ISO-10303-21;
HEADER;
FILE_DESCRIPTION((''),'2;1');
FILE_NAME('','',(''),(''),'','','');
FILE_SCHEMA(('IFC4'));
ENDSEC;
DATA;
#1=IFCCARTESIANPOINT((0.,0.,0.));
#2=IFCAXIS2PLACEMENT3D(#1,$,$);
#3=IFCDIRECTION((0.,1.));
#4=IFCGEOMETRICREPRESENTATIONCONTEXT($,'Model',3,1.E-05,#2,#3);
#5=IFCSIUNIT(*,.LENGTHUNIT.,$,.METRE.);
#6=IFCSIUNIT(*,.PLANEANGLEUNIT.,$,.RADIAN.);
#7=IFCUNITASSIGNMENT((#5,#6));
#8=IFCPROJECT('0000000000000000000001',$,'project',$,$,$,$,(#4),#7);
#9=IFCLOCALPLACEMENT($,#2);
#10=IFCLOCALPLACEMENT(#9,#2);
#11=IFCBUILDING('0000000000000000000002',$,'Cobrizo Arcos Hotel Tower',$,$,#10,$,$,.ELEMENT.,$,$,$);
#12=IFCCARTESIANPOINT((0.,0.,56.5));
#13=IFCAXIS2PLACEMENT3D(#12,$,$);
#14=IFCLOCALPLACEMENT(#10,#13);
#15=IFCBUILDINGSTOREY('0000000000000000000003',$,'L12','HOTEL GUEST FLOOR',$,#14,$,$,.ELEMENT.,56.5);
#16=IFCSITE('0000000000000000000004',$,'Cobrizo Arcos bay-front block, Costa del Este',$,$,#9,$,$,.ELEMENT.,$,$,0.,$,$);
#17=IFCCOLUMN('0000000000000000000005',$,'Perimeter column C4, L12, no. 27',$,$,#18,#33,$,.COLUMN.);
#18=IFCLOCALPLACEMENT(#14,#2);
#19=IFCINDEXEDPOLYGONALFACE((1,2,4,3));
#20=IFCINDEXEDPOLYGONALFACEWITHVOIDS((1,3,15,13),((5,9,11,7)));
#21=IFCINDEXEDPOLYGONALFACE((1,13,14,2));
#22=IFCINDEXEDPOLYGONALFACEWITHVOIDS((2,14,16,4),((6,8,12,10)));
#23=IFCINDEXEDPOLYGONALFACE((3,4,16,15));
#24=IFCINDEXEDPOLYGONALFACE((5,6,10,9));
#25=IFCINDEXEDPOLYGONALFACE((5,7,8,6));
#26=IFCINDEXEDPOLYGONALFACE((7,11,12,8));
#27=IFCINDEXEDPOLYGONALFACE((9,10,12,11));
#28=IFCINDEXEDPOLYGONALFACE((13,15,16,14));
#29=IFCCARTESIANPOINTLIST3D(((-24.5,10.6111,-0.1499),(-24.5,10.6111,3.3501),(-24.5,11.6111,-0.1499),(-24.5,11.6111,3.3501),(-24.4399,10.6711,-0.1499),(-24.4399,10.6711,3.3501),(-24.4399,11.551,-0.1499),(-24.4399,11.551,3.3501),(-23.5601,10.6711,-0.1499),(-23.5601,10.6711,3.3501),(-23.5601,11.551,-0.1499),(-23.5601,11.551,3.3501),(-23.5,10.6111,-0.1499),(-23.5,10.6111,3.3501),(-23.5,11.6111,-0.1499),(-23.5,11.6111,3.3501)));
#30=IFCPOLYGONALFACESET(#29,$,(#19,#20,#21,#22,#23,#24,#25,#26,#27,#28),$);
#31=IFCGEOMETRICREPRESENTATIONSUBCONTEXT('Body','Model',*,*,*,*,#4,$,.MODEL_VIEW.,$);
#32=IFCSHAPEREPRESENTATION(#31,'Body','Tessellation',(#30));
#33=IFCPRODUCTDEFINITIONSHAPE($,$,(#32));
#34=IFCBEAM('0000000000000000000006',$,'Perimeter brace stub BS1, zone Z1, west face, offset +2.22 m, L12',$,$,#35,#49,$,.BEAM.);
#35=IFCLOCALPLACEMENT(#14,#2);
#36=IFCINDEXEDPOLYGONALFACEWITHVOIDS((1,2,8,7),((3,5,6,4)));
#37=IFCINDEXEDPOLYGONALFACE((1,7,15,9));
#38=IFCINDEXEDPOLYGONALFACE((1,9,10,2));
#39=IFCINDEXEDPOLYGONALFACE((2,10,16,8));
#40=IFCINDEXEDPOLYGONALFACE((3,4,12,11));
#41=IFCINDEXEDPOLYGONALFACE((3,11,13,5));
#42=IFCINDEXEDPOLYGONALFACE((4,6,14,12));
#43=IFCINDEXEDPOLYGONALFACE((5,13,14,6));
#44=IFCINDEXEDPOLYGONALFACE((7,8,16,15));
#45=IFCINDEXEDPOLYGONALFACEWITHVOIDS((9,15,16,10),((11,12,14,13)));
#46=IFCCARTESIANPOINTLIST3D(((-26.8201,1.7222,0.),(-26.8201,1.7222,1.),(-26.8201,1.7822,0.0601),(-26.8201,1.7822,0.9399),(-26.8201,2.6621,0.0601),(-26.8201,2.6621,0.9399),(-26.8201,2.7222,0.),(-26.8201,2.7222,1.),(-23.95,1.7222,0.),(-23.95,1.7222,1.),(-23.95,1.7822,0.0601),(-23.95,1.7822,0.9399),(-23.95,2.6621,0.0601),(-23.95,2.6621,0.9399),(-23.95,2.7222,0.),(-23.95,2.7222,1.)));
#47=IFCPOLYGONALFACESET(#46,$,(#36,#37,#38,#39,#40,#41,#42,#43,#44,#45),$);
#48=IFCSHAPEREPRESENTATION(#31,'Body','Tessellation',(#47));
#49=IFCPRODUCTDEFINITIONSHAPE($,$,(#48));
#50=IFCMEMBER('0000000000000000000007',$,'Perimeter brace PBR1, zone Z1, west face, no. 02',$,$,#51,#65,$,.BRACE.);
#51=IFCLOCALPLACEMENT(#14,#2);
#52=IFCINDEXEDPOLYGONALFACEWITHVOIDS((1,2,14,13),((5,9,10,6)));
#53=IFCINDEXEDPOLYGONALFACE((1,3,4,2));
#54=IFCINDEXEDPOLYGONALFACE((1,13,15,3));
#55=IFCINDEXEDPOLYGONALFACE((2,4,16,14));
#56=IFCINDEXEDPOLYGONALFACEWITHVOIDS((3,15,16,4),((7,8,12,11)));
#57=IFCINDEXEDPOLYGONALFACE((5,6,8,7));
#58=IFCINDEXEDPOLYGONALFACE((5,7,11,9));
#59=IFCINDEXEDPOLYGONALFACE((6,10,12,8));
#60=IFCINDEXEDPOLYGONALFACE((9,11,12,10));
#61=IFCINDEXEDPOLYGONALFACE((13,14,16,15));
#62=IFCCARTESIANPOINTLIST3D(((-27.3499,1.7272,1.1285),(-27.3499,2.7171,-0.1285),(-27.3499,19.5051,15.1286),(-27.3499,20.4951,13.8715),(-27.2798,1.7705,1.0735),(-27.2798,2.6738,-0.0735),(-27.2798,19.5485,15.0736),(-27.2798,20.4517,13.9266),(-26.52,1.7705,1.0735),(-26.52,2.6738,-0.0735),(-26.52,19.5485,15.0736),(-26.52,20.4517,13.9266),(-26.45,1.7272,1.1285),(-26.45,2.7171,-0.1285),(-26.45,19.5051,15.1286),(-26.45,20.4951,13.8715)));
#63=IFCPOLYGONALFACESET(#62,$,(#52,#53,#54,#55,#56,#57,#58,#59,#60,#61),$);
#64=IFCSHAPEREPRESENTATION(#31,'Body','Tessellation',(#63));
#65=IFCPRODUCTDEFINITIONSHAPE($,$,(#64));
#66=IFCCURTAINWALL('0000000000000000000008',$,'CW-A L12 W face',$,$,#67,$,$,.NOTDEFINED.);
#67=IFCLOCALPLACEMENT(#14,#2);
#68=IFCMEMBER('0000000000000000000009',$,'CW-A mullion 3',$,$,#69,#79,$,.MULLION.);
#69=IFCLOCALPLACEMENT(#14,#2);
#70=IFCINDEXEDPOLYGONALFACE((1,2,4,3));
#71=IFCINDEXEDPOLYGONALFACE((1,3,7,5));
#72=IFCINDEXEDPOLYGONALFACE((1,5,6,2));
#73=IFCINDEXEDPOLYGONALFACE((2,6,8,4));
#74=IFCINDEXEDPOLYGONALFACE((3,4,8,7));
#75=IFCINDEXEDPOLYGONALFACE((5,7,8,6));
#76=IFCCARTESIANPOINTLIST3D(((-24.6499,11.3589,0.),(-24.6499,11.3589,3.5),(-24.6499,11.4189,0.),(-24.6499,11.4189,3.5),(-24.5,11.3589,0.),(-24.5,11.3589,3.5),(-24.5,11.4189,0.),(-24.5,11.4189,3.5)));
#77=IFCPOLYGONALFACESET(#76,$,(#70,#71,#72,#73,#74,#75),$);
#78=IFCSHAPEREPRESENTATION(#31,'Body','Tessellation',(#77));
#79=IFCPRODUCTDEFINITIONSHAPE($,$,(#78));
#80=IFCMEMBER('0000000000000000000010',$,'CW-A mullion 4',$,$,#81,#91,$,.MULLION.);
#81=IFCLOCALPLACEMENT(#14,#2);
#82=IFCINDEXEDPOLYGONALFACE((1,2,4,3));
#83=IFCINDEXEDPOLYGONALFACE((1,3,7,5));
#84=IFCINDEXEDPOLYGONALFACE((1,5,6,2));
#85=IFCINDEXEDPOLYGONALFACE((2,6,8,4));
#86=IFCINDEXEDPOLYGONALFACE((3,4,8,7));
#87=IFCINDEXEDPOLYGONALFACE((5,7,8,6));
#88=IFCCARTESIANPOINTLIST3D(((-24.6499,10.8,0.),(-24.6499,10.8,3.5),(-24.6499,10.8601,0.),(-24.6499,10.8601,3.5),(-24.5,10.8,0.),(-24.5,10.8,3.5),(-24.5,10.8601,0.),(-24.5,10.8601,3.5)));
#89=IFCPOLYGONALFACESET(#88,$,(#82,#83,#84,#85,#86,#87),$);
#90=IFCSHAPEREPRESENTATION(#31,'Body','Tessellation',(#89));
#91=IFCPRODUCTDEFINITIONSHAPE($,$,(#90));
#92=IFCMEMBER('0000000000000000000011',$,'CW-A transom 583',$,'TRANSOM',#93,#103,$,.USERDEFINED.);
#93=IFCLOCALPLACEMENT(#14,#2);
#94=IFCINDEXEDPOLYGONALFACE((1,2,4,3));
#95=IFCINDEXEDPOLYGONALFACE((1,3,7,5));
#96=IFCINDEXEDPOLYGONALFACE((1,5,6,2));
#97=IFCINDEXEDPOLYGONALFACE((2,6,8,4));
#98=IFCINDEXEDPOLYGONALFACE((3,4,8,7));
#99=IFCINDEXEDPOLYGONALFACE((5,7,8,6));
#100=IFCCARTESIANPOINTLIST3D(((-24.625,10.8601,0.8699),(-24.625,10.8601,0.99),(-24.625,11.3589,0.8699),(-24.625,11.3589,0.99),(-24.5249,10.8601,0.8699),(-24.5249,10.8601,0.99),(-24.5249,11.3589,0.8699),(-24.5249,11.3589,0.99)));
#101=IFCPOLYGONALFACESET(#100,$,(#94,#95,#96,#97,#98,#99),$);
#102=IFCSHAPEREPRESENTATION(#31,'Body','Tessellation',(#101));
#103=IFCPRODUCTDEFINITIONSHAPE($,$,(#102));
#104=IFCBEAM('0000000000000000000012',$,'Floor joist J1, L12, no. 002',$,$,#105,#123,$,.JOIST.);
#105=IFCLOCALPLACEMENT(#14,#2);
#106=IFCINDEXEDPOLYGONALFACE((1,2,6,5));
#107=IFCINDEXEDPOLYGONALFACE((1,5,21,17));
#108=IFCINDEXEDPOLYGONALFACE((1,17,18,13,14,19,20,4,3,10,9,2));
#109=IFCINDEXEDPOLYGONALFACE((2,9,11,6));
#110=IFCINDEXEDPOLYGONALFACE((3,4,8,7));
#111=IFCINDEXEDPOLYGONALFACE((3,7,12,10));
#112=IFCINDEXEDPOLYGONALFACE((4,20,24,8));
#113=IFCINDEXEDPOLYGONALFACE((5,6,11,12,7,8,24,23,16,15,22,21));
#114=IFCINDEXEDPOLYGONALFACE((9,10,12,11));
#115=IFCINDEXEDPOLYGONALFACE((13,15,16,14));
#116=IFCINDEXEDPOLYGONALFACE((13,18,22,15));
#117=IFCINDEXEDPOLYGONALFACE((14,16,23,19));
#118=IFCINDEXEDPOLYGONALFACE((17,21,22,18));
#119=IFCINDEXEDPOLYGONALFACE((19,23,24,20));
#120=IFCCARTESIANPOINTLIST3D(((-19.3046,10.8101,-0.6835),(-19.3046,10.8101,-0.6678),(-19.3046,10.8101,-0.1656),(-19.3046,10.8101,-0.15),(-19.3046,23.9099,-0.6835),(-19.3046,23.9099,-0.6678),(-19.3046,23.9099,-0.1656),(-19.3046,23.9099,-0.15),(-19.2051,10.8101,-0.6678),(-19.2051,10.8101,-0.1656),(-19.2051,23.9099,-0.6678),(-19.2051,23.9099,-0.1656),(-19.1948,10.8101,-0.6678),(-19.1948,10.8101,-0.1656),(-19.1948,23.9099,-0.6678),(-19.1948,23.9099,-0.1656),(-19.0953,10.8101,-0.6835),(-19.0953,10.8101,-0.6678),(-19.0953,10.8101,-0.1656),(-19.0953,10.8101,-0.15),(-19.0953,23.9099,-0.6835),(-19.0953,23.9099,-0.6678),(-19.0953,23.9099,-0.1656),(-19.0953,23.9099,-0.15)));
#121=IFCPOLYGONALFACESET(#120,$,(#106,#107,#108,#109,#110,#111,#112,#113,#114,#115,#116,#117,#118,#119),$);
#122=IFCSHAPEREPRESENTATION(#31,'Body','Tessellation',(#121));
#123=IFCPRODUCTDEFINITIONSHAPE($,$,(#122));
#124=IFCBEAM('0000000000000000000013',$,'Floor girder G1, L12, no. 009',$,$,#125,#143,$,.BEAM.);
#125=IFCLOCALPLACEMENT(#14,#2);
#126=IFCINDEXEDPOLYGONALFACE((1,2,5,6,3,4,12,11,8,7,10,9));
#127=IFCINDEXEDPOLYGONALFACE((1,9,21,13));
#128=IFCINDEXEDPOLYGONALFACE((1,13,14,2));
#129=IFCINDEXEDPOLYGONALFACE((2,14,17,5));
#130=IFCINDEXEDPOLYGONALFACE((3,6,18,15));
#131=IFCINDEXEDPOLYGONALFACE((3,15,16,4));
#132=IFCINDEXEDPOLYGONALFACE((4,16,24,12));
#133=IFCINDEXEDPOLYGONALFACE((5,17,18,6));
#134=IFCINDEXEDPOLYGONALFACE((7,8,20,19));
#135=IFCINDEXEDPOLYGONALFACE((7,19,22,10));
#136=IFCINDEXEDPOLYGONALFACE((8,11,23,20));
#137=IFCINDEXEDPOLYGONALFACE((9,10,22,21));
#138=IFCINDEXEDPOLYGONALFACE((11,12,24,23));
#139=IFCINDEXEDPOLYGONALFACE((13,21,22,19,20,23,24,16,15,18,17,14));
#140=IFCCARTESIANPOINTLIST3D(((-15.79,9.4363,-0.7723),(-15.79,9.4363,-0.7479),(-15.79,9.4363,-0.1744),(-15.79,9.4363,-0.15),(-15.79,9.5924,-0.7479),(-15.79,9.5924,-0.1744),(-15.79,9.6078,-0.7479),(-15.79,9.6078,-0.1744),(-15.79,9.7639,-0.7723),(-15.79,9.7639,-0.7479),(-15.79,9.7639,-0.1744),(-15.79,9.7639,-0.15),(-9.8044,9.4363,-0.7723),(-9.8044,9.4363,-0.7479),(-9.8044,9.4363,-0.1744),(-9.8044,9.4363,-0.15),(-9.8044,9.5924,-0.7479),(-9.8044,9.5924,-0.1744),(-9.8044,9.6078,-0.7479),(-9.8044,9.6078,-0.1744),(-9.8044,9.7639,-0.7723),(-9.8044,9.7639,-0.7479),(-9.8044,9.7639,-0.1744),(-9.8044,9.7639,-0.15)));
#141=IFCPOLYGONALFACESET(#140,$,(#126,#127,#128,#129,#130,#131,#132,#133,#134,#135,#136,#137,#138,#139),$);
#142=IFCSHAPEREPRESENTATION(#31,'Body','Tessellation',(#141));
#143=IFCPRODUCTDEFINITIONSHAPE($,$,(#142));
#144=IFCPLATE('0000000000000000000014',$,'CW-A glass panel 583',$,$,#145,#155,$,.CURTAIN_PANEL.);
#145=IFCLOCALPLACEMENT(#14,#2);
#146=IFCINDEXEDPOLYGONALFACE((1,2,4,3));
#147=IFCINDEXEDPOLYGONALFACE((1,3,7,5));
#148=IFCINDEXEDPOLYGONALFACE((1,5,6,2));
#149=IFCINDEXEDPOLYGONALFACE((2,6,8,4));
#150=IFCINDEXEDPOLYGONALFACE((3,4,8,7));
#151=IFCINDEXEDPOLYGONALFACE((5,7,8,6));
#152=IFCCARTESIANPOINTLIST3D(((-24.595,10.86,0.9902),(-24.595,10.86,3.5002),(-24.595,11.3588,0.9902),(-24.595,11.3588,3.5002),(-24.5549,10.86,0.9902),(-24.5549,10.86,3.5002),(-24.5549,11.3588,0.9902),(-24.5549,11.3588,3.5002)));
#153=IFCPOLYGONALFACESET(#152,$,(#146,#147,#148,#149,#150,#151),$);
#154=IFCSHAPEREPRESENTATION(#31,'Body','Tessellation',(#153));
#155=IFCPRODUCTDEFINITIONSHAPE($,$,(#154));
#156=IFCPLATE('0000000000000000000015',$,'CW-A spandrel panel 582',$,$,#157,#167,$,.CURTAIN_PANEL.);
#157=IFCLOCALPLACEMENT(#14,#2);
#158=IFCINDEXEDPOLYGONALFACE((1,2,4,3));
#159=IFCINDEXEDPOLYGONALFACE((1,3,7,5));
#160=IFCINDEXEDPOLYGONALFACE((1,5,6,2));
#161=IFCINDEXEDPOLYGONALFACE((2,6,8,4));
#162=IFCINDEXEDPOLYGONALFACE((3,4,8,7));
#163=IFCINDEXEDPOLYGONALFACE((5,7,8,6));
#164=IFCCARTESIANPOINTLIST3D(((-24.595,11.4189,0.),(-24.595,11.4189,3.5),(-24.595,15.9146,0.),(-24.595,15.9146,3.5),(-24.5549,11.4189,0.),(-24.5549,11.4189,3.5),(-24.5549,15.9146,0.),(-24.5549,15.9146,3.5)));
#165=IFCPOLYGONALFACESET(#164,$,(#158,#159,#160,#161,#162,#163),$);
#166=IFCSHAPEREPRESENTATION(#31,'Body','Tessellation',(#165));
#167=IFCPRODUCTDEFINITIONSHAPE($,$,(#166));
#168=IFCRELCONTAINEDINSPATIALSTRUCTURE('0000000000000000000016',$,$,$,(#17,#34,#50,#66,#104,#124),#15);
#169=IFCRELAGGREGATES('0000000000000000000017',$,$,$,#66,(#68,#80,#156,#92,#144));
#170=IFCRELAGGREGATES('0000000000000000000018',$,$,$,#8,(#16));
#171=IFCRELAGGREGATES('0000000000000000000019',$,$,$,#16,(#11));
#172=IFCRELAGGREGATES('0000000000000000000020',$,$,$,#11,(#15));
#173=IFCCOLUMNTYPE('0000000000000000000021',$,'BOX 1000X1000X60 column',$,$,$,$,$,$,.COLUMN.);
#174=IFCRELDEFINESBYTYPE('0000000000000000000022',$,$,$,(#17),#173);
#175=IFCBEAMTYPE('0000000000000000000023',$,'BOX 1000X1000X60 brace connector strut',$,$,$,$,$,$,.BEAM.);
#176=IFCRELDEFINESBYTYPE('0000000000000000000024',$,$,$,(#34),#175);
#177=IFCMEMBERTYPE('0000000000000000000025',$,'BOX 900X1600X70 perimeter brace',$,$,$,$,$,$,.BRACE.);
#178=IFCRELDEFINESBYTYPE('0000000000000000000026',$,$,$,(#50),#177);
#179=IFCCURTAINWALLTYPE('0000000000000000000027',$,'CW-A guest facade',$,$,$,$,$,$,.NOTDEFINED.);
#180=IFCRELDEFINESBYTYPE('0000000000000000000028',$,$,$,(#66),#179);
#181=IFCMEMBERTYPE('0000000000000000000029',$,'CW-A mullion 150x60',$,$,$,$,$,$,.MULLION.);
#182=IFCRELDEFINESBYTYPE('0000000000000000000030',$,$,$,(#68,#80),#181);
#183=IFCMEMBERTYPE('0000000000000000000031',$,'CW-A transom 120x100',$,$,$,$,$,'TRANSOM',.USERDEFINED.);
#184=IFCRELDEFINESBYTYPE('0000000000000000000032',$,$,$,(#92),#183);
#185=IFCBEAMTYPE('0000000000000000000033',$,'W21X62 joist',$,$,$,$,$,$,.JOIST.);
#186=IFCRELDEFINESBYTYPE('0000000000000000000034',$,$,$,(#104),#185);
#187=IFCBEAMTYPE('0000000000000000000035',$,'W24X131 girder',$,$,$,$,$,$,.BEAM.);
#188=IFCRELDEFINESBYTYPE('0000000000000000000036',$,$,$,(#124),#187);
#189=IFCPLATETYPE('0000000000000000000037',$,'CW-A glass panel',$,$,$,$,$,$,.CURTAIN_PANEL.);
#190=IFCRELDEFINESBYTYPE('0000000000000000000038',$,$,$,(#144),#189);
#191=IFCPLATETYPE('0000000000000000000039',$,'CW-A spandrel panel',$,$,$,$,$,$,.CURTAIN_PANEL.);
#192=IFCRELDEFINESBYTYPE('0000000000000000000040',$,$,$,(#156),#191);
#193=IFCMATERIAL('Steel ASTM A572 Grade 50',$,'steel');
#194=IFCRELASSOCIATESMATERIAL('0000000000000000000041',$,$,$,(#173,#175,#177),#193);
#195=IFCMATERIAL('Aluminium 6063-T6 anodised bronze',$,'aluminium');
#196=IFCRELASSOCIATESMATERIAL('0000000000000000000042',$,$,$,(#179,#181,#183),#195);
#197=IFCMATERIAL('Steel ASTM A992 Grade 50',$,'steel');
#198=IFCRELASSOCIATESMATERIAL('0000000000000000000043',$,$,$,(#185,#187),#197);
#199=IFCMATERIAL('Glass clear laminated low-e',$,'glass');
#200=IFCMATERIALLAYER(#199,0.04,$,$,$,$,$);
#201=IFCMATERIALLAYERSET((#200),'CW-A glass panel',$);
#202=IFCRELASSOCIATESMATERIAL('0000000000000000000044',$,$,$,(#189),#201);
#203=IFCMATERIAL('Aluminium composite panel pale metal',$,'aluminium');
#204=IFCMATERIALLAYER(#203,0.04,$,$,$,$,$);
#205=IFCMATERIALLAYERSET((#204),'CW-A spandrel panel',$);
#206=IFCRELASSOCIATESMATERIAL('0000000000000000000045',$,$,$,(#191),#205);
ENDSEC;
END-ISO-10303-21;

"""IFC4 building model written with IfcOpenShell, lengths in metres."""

from ifc_helpers import new_model, si_unit, direction, frame, origin, origin_2d, place, context, subcontext, project, spatial, rectangle, hollow_rectangle, i_section, extrude, material, layer, layer_set, material_profile, profile_set, type_object, element, aggregate, save


model = new_model("IFC4")

# Units and contexts
model_context = context("Model", 3, precision=1e-05, world=origin(), true_north=direction((0.0, 1.0)))
body_context = subcontext(model_context, "Body", "Model", "MODEL_VIEW")
ifc_project = project(units=[si_unit("LENGTHUNIT", "METRE"), si_unit("PLANEANGLEUNIT", "RADIAN")], contexts=[model_context])

# Site, building, storey
site_placement = place(None, origin())
site = spatial("IfcSite", under=ifc_project, at=site_placement, Name="Cobrizo Arcos bay-front block, Costa del Este", CompositionType="ELEMENT", RefElevation=0.0)
building_placement = place(site_placement, origin())
building = spatial("IfcBuilding", under=site, at=building_placement, Name="Cobrizo Arcos Hotel Tower", CompositionType="ELEMENT")
storey_placement = place(building_placement, frame((0.0, 0.0, 56.5)))
storey = spatial("IfcBuildingStorey", under=building, at=storey_placement, Name="L12", Description="HOTEL GUEST FLOOR", CompositionType="ELEMENT", Elevation=56.5)

# Column
ifc_material_1 = material(Name="Steel ASTM A572 Grade 50", Category="steel")
ifc_material_profile_1 = material_profile(ifc_material_1, hollow_rectangle(XDim=1.0, YDim=1.0, WallThickness=0.0601, at=origin_2d()), Name="BOX 1000X1000X60")
ifc_profile_set_1 = profile_set([ifc_material_profile_1], Name="Steel ASTM A572 Grade 50")
column_type = type_object("IfcColumnType", Name="BOX 1000X1000X60 column", PredefinedType="COLUMN", material=ifc_profile_set_1)
column_placement = place(storey_placement, frame((-24.0, 11.1111, -0.1499), z_axis=(0.0, 0.0, 1.0), x_axis=(1.0, 0.0, 0.0)))
element("IfcColumn", 1, at=column_placement, inside=storey, type_object=column_type, Name="Perimeter column C4, L12, no. 27", PredefinedType="COLUMN", context=body_context, shape_type="SweptSolid", body=[
    extrude(hollow_rectangle(XDim=1.0, YDim=1.0, WallThickness=0.0601, at=origin_2d()), origin(), (0.0, 0.0, 1.0), 3.5),
])

# Beam
ifc_material_profile_2 = material_profile(ifc_material_1, hollow_rectangle(XDim=1.0, YDim=1.0, WallThickness=0.0601, at=origin_2d()), Name="BOX 1000X1000X60")
ifc_profile_set_2 = profile_set([ifc_material_profile_2], Name="Steel ASTM A572 Grade 50")
beam_type_1 = type_object("IfcBeamType", Name="BOX 1000X1000X60 brace connector strut", PredefinedType="BEAM", material=ifc_profile_set_2)
beam_1_placement = place(storey_placement, frame((-23.95, 2.2222, 0.5), z_axis=(-1.0, 0.0, 0.0), x_axis=(0.0, -1.0, 0.0)))
element("IfcBeam", 2, at=beam_1_placement, inside=storey, type_object=beam_type_1, Name="Perimeter brace stub BS1, zone Z1, west face, offset +2.22 m, L12", PredefinedType="BEAM", context=body_context, shape_type="SweptSolid", body=[
    extrude(hollow_rectangle(XDim=1.0, YDim=1.0, WallThickness=0.0601, at=origin_2d()), origin(), (0.0, 0.0, 1.0), 2.8701),
])

# Member
ifc_material_profile_3 = material_profile(ifc_material_1, hollow_rectangle(XDim=0.8999, YDim=1.6001, WallThickness=0.0701, at=origin_2d()), Name="BOX 900X1600X70")
ifc_profile_set_3 = profile_set([ifc_material_profile_3], Name="Steel ASTM A572 Grade 50")
member_type_1 = type_object("IfcMemberType", Name="BOX 900X1600X70 perimeter brace", PredefinedType="BRACE", material=ifc_profile_set_3)
member_1_placement = place(storey_placement, frame((-26.8999, 2.2222, 0.5), z_axis=(0.0, 0.785637, 0.618687), x_axis=(-1.0, 0.0, 0.0)))
element("IfcMember", 3, at=member_1_placement, inside=storey, type_object=member_type_1, Name="Perimeter brace PBR1, zone Z1, west face, no. 02", PredefinedType="BRACE", context=body_context, shape_type="SweptSolid", body=[
    extrude(hollow_rectangle(XDim=0.8999, YDim=1.6001, WallThickness=0.0701, at=origin_2d()), origin(), (0.0, 0.0, 1.0), 22.6287),
])

# Curtain wall, members
ifc_material_2 = material(Name="Aluminium 6063-T6 anodised bronze", Category="aluminium")
curtain_wall_type = type_object("IfcCurtainWallType", Name="CW-A guest facade", PredefinedType="NOTDEFINED", material=ifc_material_2)
curtain_wall_placement = place(storey_placement, origin())
curtain_wall = element("IfcCurtainWall", 4, at=curtain_wall_placement, inside=storey, type_object=curtain_wall_type, Name="CW-A L12 W face", PredefinedType="NOTDEFINED")
ifc_material_profile_4 = material_profile(ifc_material_2, rectangle(XDim=0.1499, YDim=0.0601, at=origin_2d()), Name="CW-A mullion 150x60")
ifc_profile_set_4 = profile_set([ifc_material_profile_4], Name="Aluminium 6063-T6 anodised bronze")
member_type_2 = type_object("IfcMemberType", Name="CW-A mullion 150x60", PredefinedType="MULLION", material=ifc_profile_set_4)
member_2_placement = place(storey_placement, frame((-24.575, 11.3889, 0.0), z_axis=(0.0, 0.0, 1.0), x_axis=(-1.0, 0.0, 0.0)))
member_2 = element("IfcMember", 5, at=member_2_placement, type_object=member_type_2, Name="CW-A mullion 3", PredefinedType="MULLION", context=body_context, shape_type="SweptSolid", body=[
    extrude(rectangle(XDim=0.1499, YDim=0.0601, at=origin_2d()), origin(), (0.0, 0.0, 1.0), 3.5),
])
member_3_placement = place(storey_placement, frame((-24.575, 10.8301, 0.0), z_axis=(0.0, 0.0, 1.0), x_axis=(-1.0, 0.0, 0.0)))
member_3 = element("IfcMember", 6, at=member_3_placement, type_object=member_type_2, Name="CW-A mullion 4", PredefinedType="MULLION", context=body_context, shape_type="SweptSolid", body=[
    extrude(rectangle(XDim=0.1499, YDim=0.0601, at=origin_2d()), origin(), (0.0, 0.0, 1.0), 3.5),
])
ifc_material_profile_5 = material_profile(ifc_material_2, rectangle(XDim=0.1001, YDim=0.1201, at=origin_2d()), Name="CW-A transom 120x100")
ifc_profile_set_5 = profile_set([ifc_material_profile_5], Name="Aluminium 6063-T6 anodised bronze")
member_type_3 = type_object("IfcMemberType", Name="CW-A transom 120x100", ElementType="TRANSOM", PredefinedType="USERDEFINED", material=ifc_profile_set_5)
member_4_placement = place(storey_placement, frame((-24.575, 11.3589, 0.9299), z_axis=(0.0, -1.0, 0.0), x_axis=(1.0, 0.0, 0.0)))
member_4 = element("IfcMember", 7, at=member_4_placement, type_object=member_type_3, Name="CW-A transom 583", ObjectType="TRANSOM", PredefinedType="USERDEFINED", context=body_context, shape_type="SweptSolid", body=[
    extrude(rectangle(XDim=0.1001, YDim=0.1201, at=origin_2d()), origin(), (0.0, 0.0, 1.0), 0.4988),
])

# Beams
ifc_material_3 = material(Name="Steel ASTM A992 Grade 50", Category="steel")
ifc_material_profile_6 = material_profile(ifc_material_3, i_section(OverallWidth=0.2092, OverallDepth=0.5334, WebThickness=0.0103, FlangeThickness=0.0156, at=origin_2d()), Name="W21X62")
ifc_profile_set_6 = profile_set([ifc_material_profile_6], Name="Steel ASTM A992 Grade 50")
beam_type_2 = type_object("IfcBeamType", Name="W21X62 joist", PredefinedType="JOIST", material=ifc_profile_set_6)
beam_2_placement = place(storey_placement, frame((-19.2, 10.8101, -0.4167), z_axis=(0.0, 1.0, 0.0), x_axis=(-1.0, 0.0, 0.0)))
element("IfcBeam", 8, at=beam_2_placement, inside=storey, type_object=beam_type_2, Name="Floor joist J1, L12, no. 002", PredefinedType="JOIST", context=body_context, shape_type="SweptSolid", body=[
    extrude(i_section(OverallWidth=0.2092, OverallDepth=0.5334, WebThickness=0.0103, FlangeThickness=0.0156, at=origin_2d()), origin(), (0.0, 0.0, 1.0), 13.0999),
])
ifc_material_profile_7 = material_profile(ifc_material_3, i_section(OverallWidth=0.3276, OverallDepth=0.6223, WebThickness=0.0154, FlangeThickness=0.0244, at=origin_2d()), Name="W24X131")
ifc_profile_set_7 = profile_set([ifc_material_profile_7], Name="Steel ASTM A992 Grade 50")
beam_type_3 = type_object("IfcBeamType", Name="W24X131 girder", PredefinedType="BEAM", material=ifc_profile_set_7)
beam_3_placement = place(storey_placement, frame((-15.79, 9.6001, -0.4612), z_axis=(1.0, 0.0, 0.0), x_axis=(0.0, 1.0, 0.0)))
element("IfcBeam", 9, at=beam_3_placement, inside=storey, type_object=beam_type_3, Name="Floor girder G1, L12, no. 009", PredefinedType="BEAM", context=body_context, shape_type="SweptSolid", body=[
    extrude(i_section(OverallWidth=0.3276, OverallDepth=0.6223, WebThickness=0.0154, FlangeThickness=0.0244, at=origin_2d()), origin(), (0.0, 0.0, 1.0), 5.9856),
])

# Plates
ifc_material_4 = material(Name="Glass clear laminated low-e", Category="glass")
ifc_layer_1 = layer(ifc_material_4, 0.04)
ifc_layer_set_1 = layer_set([ifc_layer_1], Name="CW-A glass panel")
plate_type_1 = type_object("IfcPlateType", Name="CW-A glass panel", PredefinedType="CURTAIN_PANEL", material=ifc_layer_set_1)
plate_1_placement = place(storey_placement, frame((-24.575, 11.1094, 0.9902), z_axis=(0.0, 0.0, 1.0), x_axis=(0.0, -1.0, 0.0)))
plate_1 = element("IfcPlate", 10, at=plate_1_placement, type_object=plate_type_1, Name="CW-A glass panel 583", PredefinedType="CURTAIN_PANEL", context=body_context, shape_type="SweptSolid", body=[
    extrude(rectangle(XDim=0.4988, YDim=0.04, at=origin_2d()), origin(), (0.0, 0.0, 1.0), 2.51),
])
ifc_material_5 = material(Name="Aluminium composite panel pale metal", Category="aluminium")
ifc_layer_2 = layer(ifc_material_5, 0.04)
ifc_layer_set_2 = layer_set([ifc_layer_2], Name="CW-A spandrel panel")
plate_type_2 = type_object("IfcPlateType", Name="CW-A spandrel panel", PredefinedType="CURTAIN_PANEL", material=ifc_layer_set_2)
plate_2_placement = place(storey_placement, frame((-24.575, 13.6667, 0.0), z_axis=(0.0, 0.0, 1.0), x_axis=(0.0, -1.0, 0.0)))
plate_2 = element("IfcPlate", 11, at=plate_2_placement, type_object=plate_type_2, Name="CW-A spandrel panel 582", PredefinedType="CURTAIN_PANEL", context=body_context, shape_type="SweptSolid", body=[
    extrude(rectangle(XDim=4.4956, YDim=0.04, at=origin_2d()), origin(), (0.0, 0.0, 1.0), 3.5),
])
aggregate(curtain_wall, [member_2, member_3, plate_2, member_4, plate_1])

save(model, "model.ifc")
